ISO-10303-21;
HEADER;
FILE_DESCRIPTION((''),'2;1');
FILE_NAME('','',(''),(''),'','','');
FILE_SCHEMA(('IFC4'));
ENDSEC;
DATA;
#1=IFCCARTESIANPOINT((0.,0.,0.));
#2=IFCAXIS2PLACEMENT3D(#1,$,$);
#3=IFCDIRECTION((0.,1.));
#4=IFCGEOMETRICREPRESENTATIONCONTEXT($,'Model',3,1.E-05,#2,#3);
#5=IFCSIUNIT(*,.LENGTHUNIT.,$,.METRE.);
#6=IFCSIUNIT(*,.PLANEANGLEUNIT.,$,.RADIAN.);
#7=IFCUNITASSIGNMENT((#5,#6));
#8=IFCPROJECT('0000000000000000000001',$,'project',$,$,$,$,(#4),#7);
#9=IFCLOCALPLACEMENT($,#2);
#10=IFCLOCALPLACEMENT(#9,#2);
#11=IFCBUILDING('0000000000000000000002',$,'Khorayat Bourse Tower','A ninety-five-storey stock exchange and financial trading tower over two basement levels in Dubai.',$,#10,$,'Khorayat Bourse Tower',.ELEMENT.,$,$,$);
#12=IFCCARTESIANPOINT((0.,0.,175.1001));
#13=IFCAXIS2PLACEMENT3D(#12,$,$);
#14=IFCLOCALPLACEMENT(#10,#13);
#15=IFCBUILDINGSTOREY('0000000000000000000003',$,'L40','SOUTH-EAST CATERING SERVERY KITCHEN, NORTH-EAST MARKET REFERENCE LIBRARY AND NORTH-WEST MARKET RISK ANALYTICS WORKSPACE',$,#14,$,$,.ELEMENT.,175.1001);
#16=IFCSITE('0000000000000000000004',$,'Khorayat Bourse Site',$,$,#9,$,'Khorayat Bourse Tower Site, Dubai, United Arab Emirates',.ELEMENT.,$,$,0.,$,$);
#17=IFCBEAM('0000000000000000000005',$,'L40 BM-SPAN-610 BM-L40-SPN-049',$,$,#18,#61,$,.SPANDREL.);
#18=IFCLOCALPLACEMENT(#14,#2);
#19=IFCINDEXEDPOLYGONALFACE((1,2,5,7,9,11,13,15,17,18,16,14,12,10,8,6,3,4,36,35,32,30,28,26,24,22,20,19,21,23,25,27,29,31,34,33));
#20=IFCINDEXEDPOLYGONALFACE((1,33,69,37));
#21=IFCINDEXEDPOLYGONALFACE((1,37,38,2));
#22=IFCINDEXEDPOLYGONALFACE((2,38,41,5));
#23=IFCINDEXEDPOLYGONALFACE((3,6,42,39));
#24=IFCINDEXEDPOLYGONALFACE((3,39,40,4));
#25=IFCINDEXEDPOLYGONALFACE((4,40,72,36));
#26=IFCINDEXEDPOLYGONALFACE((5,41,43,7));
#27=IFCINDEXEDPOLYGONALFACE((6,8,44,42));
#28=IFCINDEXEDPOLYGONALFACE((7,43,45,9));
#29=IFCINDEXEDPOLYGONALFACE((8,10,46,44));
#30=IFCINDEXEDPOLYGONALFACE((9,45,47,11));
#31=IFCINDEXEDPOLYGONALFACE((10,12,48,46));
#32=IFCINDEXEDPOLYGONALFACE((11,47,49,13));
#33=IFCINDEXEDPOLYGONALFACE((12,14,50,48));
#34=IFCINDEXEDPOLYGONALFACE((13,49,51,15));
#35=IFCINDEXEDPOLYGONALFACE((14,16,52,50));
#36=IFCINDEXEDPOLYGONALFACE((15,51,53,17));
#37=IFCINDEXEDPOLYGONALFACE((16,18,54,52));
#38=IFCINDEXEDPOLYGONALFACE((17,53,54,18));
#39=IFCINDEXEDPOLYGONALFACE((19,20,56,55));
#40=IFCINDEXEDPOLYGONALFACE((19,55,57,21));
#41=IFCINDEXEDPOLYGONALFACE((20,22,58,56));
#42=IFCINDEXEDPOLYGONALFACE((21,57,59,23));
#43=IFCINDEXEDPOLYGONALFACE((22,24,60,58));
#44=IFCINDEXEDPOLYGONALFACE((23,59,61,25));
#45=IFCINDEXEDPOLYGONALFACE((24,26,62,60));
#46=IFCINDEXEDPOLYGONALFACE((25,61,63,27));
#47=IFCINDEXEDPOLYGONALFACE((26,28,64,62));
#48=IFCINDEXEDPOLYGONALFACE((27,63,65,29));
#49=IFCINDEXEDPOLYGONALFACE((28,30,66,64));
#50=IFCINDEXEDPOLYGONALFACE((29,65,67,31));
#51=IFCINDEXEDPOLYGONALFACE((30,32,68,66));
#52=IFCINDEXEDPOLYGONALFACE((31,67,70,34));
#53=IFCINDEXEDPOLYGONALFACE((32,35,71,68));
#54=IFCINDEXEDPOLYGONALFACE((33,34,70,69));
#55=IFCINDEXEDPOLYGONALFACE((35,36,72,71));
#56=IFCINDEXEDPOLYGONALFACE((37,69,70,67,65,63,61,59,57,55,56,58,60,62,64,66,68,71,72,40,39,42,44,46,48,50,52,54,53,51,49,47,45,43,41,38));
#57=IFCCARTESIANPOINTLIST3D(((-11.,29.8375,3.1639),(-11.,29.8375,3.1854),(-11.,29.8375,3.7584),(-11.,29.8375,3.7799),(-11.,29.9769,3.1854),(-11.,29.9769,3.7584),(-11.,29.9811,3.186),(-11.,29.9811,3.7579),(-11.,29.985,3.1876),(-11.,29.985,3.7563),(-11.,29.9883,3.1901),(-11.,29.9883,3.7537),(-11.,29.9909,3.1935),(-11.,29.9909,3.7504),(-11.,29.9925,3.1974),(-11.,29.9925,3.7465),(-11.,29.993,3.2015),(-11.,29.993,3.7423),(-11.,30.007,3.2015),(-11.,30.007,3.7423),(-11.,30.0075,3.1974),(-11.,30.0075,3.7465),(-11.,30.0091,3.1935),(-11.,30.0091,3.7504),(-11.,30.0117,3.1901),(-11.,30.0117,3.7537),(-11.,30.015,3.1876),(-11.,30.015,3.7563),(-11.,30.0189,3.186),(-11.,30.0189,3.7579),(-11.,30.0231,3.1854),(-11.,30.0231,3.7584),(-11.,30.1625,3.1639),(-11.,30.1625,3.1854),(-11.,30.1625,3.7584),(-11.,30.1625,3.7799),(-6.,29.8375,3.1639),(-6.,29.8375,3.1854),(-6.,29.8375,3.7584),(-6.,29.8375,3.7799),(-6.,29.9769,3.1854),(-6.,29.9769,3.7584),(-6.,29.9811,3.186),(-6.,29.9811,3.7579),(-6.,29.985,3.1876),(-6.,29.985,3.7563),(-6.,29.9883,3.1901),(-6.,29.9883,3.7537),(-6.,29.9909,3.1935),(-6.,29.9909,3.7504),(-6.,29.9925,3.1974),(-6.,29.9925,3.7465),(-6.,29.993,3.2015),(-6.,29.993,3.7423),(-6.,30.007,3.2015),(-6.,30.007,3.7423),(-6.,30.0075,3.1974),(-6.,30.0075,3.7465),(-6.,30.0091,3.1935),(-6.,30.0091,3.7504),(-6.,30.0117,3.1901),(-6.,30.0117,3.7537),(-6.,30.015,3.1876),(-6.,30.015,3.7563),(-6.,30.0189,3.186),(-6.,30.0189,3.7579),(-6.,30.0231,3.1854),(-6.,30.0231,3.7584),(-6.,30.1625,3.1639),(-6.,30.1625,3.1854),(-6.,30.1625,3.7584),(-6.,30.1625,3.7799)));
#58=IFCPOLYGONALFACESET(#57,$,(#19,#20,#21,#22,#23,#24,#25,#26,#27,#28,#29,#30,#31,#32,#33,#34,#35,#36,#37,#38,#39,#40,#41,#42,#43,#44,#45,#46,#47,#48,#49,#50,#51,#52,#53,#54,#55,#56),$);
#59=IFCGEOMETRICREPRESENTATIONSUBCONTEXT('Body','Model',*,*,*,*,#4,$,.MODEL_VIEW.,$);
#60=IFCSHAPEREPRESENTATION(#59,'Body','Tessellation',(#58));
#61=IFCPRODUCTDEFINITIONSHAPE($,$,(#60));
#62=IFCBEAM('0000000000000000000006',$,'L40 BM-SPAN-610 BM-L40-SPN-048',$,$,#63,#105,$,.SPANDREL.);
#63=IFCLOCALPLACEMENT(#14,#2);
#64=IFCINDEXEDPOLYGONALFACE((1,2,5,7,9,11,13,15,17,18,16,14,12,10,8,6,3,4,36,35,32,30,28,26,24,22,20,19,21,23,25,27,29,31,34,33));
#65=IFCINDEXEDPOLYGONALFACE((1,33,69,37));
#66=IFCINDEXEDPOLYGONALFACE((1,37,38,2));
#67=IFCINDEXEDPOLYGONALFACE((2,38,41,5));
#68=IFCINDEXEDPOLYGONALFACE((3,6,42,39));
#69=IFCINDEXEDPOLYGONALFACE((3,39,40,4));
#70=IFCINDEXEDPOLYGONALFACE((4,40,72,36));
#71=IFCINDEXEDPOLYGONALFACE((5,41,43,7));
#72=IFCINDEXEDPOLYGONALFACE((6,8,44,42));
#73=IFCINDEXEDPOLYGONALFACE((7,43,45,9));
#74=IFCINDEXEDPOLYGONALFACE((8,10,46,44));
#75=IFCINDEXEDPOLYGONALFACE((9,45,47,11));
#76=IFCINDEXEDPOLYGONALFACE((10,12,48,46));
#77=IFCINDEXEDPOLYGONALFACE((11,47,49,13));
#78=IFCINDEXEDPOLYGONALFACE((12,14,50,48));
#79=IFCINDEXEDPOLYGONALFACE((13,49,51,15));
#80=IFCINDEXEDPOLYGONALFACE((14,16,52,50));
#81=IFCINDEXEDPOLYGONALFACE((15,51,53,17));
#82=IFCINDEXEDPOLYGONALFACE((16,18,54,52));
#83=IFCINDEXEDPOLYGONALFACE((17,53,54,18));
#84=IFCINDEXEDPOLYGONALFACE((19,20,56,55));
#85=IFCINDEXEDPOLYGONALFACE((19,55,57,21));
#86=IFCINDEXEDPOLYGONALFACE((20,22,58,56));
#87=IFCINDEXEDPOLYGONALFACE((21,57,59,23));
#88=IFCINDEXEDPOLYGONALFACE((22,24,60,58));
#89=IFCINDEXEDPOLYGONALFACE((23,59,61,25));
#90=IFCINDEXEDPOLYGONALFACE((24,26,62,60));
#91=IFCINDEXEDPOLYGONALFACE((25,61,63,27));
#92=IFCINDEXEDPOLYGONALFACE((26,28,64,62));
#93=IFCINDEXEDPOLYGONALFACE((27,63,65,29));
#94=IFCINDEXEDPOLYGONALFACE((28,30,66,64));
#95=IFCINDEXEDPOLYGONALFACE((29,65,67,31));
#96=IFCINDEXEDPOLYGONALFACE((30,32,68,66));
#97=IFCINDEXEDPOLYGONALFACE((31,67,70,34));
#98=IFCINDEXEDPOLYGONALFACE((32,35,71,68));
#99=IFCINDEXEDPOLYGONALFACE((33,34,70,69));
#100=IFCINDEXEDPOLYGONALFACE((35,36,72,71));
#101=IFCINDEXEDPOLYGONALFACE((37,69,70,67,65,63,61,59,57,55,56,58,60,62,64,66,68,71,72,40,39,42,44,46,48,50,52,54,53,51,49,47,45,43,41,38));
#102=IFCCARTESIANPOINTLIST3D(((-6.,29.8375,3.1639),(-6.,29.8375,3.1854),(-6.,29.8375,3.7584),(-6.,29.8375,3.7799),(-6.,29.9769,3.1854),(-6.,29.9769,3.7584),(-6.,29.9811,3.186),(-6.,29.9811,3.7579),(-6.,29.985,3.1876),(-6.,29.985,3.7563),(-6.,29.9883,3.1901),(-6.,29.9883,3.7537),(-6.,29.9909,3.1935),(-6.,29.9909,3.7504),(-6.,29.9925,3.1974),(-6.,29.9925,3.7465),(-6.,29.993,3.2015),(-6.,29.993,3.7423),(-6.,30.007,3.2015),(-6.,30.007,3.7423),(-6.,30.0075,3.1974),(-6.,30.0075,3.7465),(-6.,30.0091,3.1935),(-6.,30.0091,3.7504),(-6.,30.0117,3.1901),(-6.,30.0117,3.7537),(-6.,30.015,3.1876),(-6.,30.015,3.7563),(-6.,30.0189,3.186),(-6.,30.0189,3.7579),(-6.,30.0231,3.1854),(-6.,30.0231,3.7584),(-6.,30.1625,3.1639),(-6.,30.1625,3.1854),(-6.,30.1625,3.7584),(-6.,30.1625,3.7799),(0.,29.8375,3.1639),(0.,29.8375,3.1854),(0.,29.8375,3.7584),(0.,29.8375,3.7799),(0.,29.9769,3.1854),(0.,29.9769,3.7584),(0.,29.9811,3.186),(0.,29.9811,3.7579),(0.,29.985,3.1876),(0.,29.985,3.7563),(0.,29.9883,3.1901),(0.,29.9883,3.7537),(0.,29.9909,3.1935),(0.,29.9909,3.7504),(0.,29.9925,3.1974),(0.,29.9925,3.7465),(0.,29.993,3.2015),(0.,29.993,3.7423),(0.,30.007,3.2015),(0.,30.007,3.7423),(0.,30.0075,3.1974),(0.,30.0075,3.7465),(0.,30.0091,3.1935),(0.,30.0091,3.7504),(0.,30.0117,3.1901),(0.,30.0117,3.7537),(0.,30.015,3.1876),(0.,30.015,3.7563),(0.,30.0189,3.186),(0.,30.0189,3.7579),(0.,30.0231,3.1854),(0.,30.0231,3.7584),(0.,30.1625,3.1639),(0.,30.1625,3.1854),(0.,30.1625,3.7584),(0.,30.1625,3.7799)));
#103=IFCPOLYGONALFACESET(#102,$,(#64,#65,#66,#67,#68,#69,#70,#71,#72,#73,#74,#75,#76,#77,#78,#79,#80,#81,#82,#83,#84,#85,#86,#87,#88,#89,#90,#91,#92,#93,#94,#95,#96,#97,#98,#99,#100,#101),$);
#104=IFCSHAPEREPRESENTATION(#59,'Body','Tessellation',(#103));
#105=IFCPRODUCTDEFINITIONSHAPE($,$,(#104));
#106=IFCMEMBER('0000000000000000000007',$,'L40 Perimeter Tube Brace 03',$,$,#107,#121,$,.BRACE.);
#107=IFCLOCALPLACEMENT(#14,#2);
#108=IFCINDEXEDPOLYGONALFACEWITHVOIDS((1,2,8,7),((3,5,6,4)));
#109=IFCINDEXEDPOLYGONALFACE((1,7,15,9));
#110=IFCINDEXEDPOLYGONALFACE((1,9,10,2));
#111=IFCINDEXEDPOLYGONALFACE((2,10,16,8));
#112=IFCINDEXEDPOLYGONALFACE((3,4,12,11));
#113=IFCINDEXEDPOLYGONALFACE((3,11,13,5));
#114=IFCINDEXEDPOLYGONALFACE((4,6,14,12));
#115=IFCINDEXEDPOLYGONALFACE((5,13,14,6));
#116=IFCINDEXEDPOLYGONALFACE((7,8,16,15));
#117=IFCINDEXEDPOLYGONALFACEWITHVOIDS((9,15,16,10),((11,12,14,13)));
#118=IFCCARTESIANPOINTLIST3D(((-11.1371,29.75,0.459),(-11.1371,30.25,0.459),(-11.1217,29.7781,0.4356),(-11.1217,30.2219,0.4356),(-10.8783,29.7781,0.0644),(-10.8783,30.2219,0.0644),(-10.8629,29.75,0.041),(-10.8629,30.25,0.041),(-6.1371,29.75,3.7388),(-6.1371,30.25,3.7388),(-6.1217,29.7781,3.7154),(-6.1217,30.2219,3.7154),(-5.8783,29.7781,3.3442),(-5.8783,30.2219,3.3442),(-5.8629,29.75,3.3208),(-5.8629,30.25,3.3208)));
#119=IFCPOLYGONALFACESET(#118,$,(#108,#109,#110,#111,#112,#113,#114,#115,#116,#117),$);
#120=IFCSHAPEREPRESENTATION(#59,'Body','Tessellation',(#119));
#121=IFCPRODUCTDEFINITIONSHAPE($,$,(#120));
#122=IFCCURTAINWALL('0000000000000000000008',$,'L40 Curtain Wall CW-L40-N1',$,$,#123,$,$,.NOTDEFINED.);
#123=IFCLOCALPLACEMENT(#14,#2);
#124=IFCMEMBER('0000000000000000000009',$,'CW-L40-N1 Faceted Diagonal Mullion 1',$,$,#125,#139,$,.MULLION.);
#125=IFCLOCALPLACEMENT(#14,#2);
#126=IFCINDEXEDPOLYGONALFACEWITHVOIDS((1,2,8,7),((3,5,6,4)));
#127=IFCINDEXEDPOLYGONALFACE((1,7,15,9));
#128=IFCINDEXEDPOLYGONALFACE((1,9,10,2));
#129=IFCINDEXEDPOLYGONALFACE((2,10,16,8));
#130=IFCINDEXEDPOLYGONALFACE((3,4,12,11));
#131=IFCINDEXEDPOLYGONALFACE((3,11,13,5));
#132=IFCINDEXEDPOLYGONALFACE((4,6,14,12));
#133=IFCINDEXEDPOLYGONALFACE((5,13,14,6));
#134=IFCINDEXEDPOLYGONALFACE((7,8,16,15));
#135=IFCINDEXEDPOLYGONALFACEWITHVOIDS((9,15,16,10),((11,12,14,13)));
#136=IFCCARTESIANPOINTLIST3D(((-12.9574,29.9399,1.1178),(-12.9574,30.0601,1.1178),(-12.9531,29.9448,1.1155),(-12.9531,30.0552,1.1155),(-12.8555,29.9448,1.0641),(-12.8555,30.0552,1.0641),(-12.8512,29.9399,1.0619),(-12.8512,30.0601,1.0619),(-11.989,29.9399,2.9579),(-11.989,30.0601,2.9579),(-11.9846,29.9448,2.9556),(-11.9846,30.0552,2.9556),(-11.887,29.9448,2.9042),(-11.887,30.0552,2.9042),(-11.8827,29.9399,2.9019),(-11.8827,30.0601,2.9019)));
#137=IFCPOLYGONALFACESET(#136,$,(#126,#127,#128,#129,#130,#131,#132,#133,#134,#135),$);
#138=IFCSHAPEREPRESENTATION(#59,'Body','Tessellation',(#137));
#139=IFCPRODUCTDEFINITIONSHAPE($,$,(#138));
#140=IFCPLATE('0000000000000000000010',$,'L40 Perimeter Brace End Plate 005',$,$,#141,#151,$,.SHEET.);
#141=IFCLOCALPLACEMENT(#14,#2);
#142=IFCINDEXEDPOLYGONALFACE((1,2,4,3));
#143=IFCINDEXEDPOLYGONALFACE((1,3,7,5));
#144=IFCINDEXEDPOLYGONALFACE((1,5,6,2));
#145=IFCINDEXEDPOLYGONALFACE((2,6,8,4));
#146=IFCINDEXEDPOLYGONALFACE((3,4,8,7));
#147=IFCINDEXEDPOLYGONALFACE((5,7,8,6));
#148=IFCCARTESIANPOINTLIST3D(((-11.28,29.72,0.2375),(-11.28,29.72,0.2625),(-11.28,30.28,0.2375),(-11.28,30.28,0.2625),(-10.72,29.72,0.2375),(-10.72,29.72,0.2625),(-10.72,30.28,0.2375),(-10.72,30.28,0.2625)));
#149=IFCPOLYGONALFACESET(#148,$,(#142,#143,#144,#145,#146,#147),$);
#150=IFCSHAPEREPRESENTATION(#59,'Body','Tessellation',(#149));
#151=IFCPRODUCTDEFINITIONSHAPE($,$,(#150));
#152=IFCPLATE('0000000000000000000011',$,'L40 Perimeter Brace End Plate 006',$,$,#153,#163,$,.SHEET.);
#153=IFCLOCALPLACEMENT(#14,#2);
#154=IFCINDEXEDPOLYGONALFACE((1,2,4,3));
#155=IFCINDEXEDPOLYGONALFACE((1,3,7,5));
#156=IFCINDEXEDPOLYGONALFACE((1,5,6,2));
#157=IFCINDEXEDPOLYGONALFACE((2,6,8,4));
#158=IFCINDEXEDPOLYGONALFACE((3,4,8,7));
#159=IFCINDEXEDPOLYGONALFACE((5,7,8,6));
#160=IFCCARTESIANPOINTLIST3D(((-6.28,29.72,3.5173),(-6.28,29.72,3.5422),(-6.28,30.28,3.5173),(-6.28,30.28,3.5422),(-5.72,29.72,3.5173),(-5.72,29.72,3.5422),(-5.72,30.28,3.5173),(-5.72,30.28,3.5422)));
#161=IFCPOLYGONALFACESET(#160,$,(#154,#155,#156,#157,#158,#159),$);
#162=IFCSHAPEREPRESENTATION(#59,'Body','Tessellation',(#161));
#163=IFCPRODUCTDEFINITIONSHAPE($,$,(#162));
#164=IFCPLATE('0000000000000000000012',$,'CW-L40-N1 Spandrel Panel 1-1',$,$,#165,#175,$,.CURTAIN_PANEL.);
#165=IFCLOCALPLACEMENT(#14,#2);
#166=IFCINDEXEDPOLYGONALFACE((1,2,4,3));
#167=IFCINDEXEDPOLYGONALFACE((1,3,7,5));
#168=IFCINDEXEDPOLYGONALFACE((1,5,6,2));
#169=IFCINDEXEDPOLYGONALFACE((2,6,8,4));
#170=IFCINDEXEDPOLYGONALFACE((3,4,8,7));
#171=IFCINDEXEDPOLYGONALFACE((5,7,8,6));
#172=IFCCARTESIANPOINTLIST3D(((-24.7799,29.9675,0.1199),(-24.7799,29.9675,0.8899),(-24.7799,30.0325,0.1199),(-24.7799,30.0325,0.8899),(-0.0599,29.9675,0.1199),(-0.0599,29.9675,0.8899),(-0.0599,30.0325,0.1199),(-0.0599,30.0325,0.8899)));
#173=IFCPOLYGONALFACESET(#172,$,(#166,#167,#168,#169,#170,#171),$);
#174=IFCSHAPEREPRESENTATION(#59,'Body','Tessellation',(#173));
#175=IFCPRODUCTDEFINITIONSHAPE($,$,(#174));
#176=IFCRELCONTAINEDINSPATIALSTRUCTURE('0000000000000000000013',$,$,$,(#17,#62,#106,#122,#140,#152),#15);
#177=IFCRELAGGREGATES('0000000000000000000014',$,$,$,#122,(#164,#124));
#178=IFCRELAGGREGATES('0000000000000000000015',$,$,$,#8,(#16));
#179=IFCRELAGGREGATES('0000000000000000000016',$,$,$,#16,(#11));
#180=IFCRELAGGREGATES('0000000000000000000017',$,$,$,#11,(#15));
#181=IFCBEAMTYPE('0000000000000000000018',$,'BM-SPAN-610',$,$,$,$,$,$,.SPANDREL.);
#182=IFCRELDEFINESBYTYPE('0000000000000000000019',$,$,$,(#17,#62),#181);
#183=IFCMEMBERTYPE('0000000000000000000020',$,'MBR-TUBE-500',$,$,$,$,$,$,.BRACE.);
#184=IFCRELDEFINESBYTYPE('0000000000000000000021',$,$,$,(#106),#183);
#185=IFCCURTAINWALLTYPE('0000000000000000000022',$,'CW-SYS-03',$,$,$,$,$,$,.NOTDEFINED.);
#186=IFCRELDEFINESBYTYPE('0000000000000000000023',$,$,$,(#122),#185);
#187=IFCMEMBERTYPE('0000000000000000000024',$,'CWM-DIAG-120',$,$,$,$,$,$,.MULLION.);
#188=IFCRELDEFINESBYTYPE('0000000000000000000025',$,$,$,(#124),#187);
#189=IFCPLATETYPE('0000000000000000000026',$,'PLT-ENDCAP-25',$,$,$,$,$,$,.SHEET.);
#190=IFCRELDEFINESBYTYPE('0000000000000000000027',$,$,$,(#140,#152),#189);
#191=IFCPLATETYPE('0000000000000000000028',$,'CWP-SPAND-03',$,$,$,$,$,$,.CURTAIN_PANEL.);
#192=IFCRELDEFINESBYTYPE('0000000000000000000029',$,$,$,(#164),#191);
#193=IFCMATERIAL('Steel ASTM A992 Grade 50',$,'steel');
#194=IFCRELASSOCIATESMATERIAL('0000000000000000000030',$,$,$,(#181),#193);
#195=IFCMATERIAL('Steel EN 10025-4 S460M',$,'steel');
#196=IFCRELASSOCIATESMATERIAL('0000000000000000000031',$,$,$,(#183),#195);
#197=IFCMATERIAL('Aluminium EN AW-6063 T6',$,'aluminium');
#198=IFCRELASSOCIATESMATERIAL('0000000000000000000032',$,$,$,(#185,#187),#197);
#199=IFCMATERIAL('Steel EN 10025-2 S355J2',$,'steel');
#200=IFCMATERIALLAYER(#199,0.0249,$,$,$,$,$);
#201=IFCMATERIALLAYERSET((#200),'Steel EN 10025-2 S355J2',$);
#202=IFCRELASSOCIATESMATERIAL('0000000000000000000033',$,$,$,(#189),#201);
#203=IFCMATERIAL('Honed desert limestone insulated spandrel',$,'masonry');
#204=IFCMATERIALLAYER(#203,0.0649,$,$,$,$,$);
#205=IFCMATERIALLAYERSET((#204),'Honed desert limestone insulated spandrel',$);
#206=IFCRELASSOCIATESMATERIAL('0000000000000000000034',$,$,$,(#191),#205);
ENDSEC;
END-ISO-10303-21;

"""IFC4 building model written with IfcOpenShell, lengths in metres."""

from ifc_helpers import new_model, si_unit, direction, frame, origin, origin_2d, place, context, subcontext, project, spatial, rectangle, hollow_rectangle, i_section, extrude, source, transform, mapped, material, layer, layer_set, material_profile, profile_set, type_object, element, aggregate, save


model = new_model("IFC4")

# Units and contexts
model_context = context("Model", 3, precision=1e-05, world=origin(), true_north=direction((0.0, 1.0)))
body_context = subcontext(model_context, "Body", "Model", "MODEL_VIEW")
ifc_project = project(units=[si_unit("LENGTHUNIT", "METRE"), si_unit("PLANEANGLEUNIT", "RADIAN")], contexts=[model_context])

# Site, building, storey
site_placement = place(None, origin())
site = spatial("IfcSite", under=ifc_project, at=site_placement, Name="Khorayat Bourse Site", LongName="Khorayat Bourse Tower Site, Dubai, United Arab Emirates", CompositionType="ELEMENT", RefElevation=0.0)
building_placement = place(site_placement, origin())
building = spatial("IfcBuilding", under=site, at=building_placement, Name="Khorayat Bourse Tower", Description="A ninety-five-storey stock exchange and financial trading tower over two basement levels in Dubai.", LongName="Khorayat Bourse Tower", CompositionType="ELEMENT")
storey_placement = place(building_placement, frame((0.0, 0.0, 175.1001)))
storey = spatial("IfcBuildingStorey", under=building, at=storey_placement, Name="L40", Description="SOUTH-EAST CATERING SERVERY KITCHEN, NORTH-EAST MARKET REFERENCE LIBRARY AND NORTH-WEST MARKET RISK ANALYTICS WORKSPACE", CompositionType="ELEMENT", Elevation=175.1001)

# Shared definitions
ifc_material_1 = material(Name="Steel EN 10025-4 S460M", Category="steel")

# Beams
ifc_material_2 = material(Name="Steel ASTM A992 Grade 50", Category="steel")
ifc_material_profile_1 = material_profile(ifc_material_2, i_section(OverallWidth=0.325, OverallDepth=0.616, WebThickness=0.0139, FlangeThickness=0.0215, FilletRadius=0.0161, at=origin_2d()), Name="W610X174")
ifc_profile_set_1 = profile_set([ifc_material_profile_1], Name="Steel ASTM A992 Grade 50")
beam_type_1 = type_object("IfcBeamType", Name="BM-SPAN-610", PredefinedType="SPANDREL", material=ifc_profile_set_1)
shared_shape_1 = source(origin(), body_context, "Body", "SweptSolid", [
    extrude(i_section(OverallWidth=0.325, OverallDepth=0.616, WebThickness=0.0139, FlangeThickness=0.0215, FilletRadius=0.0161, at=origin_2d()), origin(), (0.0, 0.0, 1.0), 5.0),
])
beam_1_placement = place(storey_placement, frame((-11.0, 30.0, 3.4719), z_axis=(1.0, 0.0, 0.0), x_axis=(0.0, 1.0, 0.0)))
element("IfcBeam", 1, at=beam_1_placement, inside=storey, type_object=beam_type_1, Name="L40 BM-SPAN-610 BM-L40-SPN-049", PredefinedType="SPANDREL", context=body_context, shape_type="MappedRepresentation", body=[
    mapped(shared_shape_1, transform((0.0, 0.0, 0.0), scale=1.0)),
])
shared_shape_2 = source(origin(), body_context, "Body", "SweptSolid", [
    extrude(i_section(OverallWidth=0.325, OverallDepth=0.616, WebThickness=0.0139, FlangeThickness=0.0215, FilletRadius=0.0161, at=origin_2d()), origin(), (0.0, 0.0, 1.0), 6.0),
])
beam_2_placement = place(storey_placement, frame((-6.0, 30.0, 3.4719), z_axis=(1.0, 0.0, 0.0), x_axis=(0.0, 1.0, 0.0)))
element("IfcBeam", 2, at=beam_2_placement, inside=storey, type_object=beam_type_1, Name="L40 BM-SPAN-610 BM-L40-SPN-048", PredefinedType="SPANDREL", context=body_context, shape_type="MappedRepresentation", body=[
    mapped(shared_shape_2, transform((0.0, 0.0, 0.0), scale=1.0)),
])

# Member
ifc_material_profile_2 = material_profile(ifc_material_1, hollow_rectangle(XDim=0.5, YDim=0.5, WallThickness=0.0281, at=origin_2d()), Name="HSS 500x500x28")
ifc_profile_set_2 = profile_set([ifc_material_profile_2], Name="Steel EN 10025-4 S460M")
member_type_1 = type_object("IfcMemberType", Name="MBR-TUBE-500", PredefinedType="BRACE", material=ifc_profile_set_2)
shared_shape_3 = source(origin(), body_context, "Body", "SweptSolid", [
    extrude(hollow_rectangle(XDim=0.5, YDim=0.5, WallThickness=0.0281, at=origin_2d()), origin(), (0.0, 0.0, 1.0), 5.9797),
])
member_1_placement = place(storey_placement, frame((-11.0, 30.0, 0.25), z_axis=(0.83616, 0.0, 0.548485), x_axis=(0.0, 1.0, 0.0)))
element("IfcMember", 3, at=member_1_placement, inside=storey, type_object=member_type_1, Name="L40 Perimeter Tube Brace 03", PredefinedType="BRACE", context=body_context, shape_type="MappedRepresentation", body=[
    mapped(shared_shape_3, transform((0.0, 0.0, 0.0), scale=1.0)),
])

# Curtain wall, member
ifc_material_3 = material(Name="Aluminium EN AW-6063 T6", Category="aluminium")
curtain_wall_type = type_object("IfcCurtainWallType", Name="CW-SYS-03", PredefinedType="NOTDEFINED", material=ifc_material_3)
curtain_wall_placement = place(storey_placement, origin())
curtain_wall = element("IfcCurtainWall", 4, at=curtain_wall_placement, inside=storey, type_object=curtain_wall_type, Name="L40 Curtain Wall CW-L40-N1", PredefinedType="NOTDEFINED")
ifc_material_profile_3 = material_profile(ifc_material_3, hollow_rectangle(XDim=0.1201, YDim=0.1201, WallThickness=0.0049, at=origin_2d()), Name="ALU 120x120x5")
ifc_profile_set_3 = profile_set([ifc_material_profile_3], Name="Aluminium EN AW-6063 T6")
member_type_2 = type_object("IfcMemberType", Name="CWM-DIAG-120", PredefinedType="MULLION", material=ifc_profile_set_3)
shared_shape_4 = source(origin(), body_context, "Body", "SweptSolid", [
    extrude(hollow_rectangle(XDim=0.1201, YDim=0.1201, WallThickness=0.0049, at=origin_2d()), origin(), (0.0, 0.0, 1.0), 2.0793),
])
member_2_placement = place(storey_placement, frame((-12.9043, 30.0, 1.0898), z_axis=(0.465761, 0.0, 0.884911), x_axis=(0.0, 1.0, 0.0)))
member_2 = element("IfcMember", 5, at=member_2_placement, type_object=member_type_2, Name="CW-L40-N1 Faceted Diagonal Mullion 1", PredefinedType="MULLION", context=body_context, shape_type="MappedRepresentation", body=[
    mapped(shared_shape_4, transform((0.0, 0.0, 0.0), scale=1.0)),
])

# Plates
ifc_material_4 = material(Name="Steel EN 10025-2 S355J2", Category="steel")
ifc_layer_1 = layer(ifc_material_4, 0.0249)
ifc_layer_set_1 = layer_set([ifc_layer_1], Name="Steel EN 10025-2 S355J2")
plate_type_1 = type_object("IfcPlateType", Name="PLT-ENDCAP-25", PredefinedType="SHEET", material=ifc_layer_set_1)
shared_shape_5 = source(origin(), body_context, "Body", "SweptSolid", [
    extrude(rectangle(XDim=0.5601, YDim=0.5601, at=origin_2d()), origin(), (0.0, 0.0, 1.0), 0.0249),
])
for number, where, z_axis, x_axis, name in (
    (6, (-11.0, 30.0, 0.2375), (0.0, 0.0, 1.0), (1.0, 0.0, 0.0), "L40 Perimeter Brace End Plate 005"),
    (7, (-6.0, 30.0, 3.5173), (0.0, 0.0, 1.0), (1.0, 0.0, 0.0), "L40 Perimeter Brace End Plate 006"),
):
    element("IfcPlate", number, at=place(storey_placement, frame(where, z_axis=z_axis, x_axis=x_axis)), inside=storey, type_object=plate_type_1, Name=name, PredefinedType="SHEET", context=body_context, shape_type="MappedRepresentation", body=[
        mapped(shared_shape_5, transform((0.0, 0.0, 0.0), scale=1.0)),
    ])

# Plate
ifc_material_5 = material(Name="Honed desert limestone insulated spandrel", Category="masonry")
ifc_layer_2 = layer(ifc_material_5, 0.0649)
ifc_layer_set_2 = layer_set([ifc_layer_2], Name="Honed desert limestone insulated spandrel")
plate_type_2 = type_object("IfcPlateType", Name="CWP-SPAND-03", PredefinedType="CURTAIN_PANEL", material=ifc_layer_set_2)
shared_shape_6 = source(origin(), body_context, "Body", "SweptSolid", [
    extrude(rectangle(XDim=24.72, YDim=0.0649, at=origin_2d()), origin(), (0.0, 0.0, 1.0), 0.77),
])
plate_1_placement = place(storey_placement, frame((-12.4199, 30.0, 0.1199), z_axis=(0.0, 0.0, 1.0), x_axis=(1.0, 0.0, 0.0)))
plate_1 = element("IfcPlate", 8, at=plate_1_placement, type_object=plate_type_2, Name="CW-L40-N1 Spandrel Panel 1-1", PredefinedType="CURTAIN_PANEL", context=body_context, shape_type="MappedRepresentation", body=[
    mapped(shared_shape_6, transform((0.0, 0.0, 0.0), scale=1.0)),
])
aggregate(curtain_wall, [plate_1, member_2])

save(model, "model.ifc")
